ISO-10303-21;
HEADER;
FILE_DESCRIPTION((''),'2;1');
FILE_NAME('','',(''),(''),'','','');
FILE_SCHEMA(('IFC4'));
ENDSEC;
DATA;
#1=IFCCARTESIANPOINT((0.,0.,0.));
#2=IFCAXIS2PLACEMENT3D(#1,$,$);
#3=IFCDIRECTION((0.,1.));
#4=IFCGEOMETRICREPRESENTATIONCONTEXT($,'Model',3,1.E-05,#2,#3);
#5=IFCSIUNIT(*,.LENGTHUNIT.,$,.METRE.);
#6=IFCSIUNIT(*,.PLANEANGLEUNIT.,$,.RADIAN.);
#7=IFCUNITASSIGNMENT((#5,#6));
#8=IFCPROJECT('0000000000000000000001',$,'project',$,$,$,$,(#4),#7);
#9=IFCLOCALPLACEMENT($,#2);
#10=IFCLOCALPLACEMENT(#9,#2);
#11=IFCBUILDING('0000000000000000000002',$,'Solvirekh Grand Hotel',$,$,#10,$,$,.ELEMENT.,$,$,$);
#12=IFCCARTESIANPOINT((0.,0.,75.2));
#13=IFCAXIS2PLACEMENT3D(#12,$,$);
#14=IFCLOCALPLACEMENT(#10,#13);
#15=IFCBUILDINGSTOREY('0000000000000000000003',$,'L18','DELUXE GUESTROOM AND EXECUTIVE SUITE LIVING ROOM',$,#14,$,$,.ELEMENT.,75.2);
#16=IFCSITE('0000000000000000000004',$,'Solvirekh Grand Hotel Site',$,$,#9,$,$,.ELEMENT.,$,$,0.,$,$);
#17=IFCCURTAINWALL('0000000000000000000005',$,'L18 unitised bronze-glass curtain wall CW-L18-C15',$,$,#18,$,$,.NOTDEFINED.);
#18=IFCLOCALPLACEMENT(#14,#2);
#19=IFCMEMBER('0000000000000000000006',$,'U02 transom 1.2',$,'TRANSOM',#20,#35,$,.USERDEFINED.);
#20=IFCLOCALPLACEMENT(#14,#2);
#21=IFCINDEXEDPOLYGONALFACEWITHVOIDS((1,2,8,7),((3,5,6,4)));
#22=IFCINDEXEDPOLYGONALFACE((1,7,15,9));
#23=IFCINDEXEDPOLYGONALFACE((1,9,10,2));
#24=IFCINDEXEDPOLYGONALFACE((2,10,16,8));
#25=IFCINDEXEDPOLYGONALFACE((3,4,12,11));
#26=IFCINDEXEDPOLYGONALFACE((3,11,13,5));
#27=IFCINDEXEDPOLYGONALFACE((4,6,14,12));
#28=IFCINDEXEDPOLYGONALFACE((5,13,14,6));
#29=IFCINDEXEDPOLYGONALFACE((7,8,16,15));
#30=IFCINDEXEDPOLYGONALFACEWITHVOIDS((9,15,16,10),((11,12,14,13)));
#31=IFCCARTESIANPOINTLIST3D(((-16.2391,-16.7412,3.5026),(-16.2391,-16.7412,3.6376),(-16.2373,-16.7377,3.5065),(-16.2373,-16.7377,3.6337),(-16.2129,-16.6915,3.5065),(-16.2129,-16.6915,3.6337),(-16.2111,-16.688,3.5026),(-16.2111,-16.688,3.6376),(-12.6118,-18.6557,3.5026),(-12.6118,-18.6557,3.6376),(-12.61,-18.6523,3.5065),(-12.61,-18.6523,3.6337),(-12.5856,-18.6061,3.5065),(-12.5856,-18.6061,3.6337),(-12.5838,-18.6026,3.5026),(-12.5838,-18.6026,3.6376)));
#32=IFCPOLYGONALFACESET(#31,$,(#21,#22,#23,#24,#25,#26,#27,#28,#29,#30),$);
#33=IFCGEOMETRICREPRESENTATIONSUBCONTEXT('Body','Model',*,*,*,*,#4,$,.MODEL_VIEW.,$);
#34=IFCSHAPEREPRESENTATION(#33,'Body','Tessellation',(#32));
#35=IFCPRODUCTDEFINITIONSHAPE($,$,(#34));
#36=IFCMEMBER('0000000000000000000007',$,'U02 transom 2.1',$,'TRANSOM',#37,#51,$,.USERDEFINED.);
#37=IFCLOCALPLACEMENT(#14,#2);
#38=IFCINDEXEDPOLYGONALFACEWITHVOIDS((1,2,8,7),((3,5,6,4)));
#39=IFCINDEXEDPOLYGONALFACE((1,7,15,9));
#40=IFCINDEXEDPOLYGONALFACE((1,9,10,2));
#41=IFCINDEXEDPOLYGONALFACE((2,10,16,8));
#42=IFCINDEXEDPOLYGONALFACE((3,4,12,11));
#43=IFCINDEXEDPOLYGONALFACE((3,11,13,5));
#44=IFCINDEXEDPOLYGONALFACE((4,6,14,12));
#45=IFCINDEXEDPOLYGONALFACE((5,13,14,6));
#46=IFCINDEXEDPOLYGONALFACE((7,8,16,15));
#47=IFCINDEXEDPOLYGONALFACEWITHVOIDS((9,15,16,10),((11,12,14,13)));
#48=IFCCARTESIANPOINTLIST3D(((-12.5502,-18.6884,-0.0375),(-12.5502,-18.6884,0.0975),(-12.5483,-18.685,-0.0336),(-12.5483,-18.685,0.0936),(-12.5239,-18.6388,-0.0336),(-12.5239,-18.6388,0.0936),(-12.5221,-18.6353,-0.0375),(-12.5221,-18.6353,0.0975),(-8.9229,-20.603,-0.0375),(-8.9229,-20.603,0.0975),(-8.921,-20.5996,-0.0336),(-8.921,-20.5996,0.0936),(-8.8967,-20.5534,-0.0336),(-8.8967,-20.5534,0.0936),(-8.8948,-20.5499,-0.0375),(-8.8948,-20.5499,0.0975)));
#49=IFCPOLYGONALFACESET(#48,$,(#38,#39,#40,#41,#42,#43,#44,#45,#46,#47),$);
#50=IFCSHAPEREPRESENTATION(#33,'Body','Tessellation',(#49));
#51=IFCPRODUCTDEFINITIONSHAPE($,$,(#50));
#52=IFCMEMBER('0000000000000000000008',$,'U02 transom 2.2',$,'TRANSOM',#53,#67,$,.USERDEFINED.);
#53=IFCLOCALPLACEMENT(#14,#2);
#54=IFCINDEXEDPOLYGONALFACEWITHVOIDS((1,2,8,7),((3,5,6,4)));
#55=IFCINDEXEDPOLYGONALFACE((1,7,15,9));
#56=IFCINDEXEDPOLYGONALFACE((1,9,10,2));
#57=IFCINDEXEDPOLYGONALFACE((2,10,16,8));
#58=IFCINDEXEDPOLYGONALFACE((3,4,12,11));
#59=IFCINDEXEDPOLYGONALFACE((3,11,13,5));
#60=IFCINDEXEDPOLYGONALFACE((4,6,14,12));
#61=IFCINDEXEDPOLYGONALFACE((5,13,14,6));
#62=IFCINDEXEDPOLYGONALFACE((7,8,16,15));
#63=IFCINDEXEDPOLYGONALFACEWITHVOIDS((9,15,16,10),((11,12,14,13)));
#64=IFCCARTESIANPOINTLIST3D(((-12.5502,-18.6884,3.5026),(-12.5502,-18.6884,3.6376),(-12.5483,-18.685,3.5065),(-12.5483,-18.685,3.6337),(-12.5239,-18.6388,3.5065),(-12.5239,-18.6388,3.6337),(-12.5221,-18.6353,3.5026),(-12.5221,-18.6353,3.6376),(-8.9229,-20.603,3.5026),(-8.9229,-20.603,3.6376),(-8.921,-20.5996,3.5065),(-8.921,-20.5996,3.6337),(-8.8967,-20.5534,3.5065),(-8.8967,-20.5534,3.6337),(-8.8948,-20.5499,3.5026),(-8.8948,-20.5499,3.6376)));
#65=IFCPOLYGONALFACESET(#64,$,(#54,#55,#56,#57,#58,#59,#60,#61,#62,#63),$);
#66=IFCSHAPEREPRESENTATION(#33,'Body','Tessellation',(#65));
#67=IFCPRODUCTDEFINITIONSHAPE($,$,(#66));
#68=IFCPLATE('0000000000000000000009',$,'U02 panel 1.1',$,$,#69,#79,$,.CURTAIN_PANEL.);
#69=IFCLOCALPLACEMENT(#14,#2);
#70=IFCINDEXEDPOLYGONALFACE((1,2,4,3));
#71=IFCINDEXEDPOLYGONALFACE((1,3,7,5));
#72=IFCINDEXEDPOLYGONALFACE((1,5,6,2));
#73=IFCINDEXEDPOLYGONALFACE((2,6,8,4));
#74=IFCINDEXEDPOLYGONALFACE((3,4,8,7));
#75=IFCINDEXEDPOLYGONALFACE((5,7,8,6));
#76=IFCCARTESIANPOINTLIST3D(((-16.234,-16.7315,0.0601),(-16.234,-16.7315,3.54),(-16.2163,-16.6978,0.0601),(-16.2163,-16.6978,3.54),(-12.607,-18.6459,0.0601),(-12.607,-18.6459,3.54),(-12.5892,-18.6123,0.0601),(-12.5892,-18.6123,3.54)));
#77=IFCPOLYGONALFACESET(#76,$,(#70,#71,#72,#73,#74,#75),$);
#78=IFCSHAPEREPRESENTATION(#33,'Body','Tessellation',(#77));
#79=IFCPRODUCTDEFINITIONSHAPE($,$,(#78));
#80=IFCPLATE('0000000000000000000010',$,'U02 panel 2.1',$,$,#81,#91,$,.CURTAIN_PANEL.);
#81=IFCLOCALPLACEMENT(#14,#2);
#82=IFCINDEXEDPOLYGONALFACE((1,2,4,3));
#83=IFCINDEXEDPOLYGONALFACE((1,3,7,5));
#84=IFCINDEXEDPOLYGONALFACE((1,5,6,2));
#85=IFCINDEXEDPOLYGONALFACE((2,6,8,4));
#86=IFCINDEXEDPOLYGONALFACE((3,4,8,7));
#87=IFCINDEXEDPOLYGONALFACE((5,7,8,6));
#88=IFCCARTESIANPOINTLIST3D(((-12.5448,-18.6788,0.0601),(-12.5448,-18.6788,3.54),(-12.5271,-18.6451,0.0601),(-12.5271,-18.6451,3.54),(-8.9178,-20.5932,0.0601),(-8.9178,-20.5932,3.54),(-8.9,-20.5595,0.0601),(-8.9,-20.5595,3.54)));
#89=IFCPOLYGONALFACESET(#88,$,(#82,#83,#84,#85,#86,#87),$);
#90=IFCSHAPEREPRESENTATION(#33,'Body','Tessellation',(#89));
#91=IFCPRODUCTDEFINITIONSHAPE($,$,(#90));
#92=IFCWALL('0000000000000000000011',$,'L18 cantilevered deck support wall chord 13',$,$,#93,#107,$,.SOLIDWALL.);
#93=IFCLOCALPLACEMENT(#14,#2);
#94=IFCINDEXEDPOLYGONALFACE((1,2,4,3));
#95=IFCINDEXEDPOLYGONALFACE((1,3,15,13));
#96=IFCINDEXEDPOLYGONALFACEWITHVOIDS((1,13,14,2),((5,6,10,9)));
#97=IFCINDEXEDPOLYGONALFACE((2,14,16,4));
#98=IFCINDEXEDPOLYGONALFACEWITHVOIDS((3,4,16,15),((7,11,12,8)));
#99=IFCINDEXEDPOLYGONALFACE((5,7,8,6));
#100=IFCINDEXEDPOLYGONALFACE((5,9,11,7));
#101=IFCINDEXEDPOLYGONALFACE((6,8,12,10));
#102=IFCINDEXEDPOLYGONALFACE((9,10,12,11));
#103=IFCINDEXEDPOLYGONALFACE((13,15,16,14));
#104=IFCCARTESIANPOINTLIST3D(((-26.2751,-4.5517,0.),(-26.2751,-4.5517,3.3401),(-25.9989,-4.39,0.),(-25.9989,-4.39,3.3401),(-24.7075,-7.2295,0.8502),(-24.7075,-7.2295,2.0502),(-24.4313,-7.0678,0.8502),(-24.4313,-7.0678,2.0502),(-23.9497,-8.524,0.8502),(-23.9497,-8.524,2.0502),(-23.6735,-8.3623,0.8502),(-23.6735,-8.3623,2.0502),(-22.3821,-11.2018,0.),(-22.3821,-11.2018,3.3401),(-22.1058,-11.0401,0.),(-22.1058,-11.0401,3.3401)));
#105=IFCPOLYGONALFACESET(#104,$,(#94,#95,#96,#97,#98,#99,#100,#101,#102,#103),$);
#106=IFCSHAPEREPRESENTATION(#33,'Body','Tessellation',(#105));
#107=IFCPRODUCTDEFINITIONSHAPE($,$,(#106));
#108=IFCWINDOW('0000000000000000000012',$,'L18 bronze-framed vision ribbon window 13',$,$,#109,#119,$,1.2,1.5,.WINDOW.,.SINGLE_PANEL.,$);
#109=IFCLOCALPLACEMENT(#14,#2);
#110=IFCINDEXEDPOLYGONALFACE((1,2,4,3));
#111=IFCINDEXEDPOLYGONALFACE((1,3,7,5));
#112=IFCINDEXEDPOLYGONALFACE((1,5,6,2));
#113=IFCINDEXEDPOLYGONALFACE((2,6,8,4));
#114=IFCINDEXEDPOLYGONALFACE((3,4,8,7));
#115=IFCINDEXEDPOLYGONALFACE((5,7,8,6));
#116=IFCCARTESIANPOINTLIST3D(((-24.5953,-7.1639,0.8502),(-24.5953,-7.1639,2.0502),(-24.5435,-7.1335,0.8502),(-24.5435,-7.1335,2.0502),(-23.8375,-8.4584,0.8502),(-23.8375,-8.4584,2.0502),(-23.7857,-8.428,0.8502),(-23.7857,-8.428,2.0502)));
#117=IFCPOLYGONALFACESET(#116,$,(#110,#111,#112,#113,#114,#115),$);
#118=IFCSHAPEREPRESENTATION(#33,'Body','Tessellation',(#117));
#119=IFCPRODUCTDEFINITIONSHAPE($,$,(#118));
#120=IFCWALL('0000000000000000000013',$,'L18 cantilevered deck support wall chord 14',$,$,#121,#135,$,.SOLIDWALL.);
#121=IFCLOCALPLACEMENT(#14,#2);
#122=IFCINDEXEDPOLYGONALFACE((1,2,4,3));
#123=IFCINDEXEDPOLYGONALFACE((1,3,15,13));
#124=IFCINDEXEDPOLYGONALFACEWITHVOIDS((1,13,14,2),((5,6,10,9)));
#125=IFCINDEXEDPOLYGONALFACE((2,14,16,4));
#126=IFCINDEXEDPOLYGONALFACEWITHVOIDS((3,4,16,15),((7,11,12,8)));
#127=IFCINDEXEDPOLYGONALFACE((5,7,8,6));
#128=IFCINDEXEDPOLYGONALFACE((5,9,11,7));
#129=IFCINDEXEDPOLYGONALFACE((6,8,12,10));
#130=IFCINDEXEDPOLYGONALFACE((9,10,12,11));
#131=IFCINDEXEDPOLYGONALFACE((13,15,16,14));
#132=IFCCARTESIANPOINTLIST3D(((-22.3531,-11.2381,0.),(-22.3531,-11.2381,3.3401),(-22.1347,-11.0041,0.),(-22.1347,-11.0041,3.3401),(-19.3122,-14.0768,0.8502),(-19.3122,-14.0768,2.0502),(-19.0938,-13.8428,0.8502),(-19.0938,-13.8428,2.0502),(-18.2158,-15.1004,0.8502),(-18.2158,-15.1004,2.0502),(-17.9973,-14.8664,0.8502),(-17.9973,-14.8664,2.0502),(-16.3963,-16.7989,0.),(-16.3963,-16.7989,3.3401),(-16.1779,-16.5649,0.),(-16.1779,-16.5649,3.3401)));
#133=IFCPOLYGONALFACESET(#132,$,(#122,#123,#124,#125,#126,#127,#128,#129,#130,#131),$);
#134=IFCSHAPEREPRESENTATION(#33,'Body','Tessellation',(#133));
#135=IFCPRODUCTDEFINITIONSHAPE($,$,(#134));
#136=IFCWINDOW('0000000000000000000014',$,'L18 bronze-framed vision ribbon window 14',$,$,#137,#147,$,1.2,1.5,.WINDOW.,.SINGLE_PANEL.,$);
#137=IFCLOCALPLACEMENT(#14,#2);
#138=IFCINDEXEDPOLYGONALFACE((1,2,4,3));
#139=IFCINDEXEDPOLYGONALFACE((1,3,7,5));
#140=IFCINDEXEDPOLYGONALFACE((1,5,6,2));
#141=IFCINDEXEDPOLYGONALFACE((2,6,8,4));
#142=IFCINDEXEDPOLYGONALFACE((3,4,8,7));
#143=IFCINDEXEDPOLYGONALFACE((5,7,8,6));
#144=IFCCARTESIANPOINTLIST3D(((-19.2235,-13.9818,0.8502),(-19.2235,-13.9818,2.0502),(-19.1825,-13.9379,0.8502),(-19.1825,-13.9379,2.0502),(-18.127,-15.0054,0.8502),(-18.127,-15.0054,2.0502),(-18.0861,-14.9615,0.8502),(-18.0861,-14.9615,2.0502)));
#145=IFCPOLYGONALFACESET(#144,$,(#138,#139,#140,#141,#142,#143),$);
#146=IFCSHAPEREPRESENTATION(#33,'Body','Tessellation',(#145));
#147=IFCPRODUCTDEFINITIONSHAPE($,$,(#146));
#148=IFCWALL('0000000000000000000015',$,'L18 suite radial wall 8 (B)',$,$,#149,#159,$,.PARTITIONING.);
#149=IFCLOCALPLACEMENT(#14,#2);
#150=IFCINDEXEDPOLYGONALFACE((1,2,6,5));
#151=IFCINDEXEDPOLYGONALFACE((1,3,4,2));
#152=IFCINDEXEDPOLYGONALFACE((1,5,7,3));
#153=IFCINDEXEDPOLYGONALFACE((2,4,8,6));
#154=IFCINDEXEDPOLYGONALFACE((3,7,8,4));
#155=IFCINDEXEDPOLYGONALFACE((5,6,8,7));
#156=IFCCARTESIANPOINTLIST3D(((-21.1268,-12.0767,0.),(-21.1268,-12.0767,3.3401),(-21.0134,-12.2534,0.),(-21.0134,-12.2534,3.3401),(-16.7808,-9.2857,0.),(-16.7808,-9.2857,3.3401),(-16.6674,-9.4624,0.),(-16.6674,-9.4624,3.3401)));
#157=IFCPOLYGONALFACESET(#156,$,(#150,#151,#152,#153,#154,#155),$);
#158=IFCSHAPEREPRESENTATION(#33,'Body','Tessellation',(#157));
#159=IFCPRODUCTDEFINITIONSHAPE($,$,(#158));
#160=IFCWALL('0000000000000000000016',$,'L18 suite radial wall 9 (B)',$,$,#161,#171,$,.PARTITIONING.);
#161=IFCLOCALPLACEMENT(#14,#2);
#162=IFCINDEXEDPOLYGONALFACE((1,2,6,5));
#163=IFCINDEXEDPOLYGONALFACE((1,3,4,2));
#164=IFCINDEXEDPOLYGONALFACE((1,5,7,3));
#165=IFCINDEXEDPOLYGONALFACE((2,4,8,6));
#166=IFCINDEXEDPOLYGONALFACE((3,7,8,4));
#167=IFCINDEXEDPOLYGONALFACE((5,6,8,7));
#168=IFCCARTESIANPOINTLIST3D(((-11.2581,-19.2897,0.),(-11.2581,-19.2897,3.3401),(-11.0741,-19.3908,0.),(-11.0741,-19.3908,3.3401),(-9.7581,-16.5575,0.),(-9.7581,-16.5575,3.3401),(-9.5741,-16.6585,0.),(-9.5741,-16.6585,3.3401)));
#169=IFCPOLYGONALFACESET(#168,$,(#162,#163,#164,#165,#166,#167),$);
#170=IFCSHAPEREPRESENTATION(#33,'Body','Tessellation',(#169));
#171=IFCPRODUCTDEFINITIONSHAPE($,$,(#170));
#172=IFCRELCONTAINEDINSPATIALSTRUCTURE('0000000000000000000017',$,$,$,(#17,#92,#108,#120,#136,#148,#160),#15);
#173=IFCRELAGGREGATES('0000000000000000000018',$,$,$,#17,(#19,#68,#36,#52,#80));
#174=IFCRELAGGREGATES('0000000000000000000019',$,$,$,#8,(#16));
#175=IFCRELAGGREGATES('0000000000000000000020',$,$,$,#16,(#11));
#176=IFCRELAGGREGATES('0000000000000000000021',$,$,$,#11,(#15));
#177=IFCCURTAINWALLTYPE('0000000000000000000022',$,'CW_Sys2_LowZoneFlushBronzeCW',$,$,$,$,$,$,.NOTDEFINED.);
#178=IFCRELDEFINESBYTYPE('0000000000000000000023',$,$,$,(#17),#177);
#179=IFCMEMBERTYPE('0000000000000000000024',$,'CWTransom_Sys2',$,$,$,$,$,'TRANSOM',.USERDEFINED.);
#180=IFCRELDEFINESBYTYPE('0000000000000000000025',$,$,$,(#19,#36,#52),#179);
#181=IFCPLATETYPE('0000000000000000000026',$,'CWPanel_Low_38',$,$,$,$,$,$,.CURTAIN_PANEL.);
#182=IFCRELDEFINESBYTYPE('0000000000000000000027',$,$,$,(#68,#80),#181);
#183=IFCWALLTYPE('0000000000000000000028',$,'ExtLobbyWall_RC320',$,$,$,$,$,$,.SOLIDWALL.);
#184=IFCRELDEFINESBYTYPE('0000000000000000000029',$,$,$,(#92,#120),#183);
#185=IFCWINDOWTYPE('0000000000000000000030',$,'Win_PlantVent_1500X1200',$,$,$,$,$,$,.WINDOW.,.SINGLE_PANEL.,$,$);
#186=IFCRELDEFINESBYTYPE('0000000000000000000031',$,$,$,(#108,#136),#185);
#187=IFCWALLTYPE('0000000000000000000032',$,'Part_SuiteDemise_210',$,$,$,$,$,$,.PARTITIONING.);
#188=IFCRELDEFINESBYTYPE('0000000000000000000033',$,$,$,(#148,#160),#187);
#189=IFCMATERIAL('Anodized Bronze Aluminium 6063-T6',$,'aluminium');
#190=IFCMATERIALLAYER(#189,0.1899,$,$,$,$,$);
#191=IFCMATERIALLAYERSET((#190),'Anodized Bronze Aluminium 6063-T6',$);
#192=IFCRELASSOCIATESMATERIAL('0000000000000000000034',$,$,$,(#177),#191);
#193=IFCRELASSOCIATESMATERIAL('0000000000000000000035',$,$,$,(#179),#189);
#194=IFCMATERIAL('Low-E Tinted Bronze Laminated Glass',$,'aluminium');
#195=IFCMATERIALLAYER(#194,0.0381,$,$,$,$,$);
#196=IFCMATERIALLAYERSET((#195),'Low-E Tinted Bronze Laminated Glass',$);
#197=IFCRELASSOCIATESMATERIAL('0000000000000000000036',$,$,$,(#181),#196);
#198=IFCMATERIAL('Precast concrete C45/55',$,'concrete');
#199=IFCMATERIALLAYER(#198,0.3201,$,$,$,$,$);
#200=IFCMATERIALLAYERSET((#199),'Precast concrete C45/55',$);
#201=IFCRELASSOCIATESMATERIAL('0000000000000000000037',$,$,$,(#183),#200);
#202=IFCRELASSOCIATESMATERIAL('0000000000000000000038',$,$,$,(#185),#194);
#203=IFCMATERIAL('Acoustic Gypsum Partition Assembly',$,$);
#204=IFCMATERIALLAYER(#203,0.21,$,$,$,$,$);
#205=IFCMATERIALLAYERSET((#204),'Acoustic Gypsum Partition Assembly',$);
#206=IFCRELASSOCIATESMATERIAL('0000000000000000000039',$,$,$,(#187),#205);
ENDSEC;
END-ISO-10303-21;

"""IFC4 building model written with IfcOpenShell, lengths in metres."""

from ifc_helpers import new_model, si_unit, direction, frame, frame_2d, origin, origin_2d, place, context, subcontext, project, spatial, rectangle, hollow_rectangle, extrude, source, transform, mapped, material, layer, layer_set, material_profile, profile_set, type_object, element, fill, aggregate, save


model = new_model("IFC4")

# Units and contexts
model_context = context("Model", 3, precision=1e-05, world=origin(), true_north=direction((0.0, 1.0)))
body_context = subcontext(model_context, "Body", "Model", "MODEL_VIEW")
ifc_project = project(units=[si_unit("LENGTHUNIT", "METRE"), si_unit("PLANEANGLEUNIT", "RADIAN")], contexts=[model_context])

# Site, building, storey
site_placement = place(None, origin())
site = spatial("IfcSite", under=ifc_project, at=site_placement, Name="Solvirekh Grand Hotel Site", CompositionType="ELEMENT", RefElevation=0.0)
building_placement = place(site_placement, origin())
building = spatial("IfcBuilding", under=site, at=building_placement, Name="Solvirekh Grand Hotel", CompositionType="ELEMENT")
storey_placement = place(building_placement, frame((0.0, 0.0, 75.2)))
storey = spatial("IfcBuildingStorey", under=building, at=storey_placement, Name="L18", Description="DELUXE GUESTROOM AND EXECUTIVE SUITE LIVING ROOM", CompositionType="ELEMENT", Elevation=75.2)

# Curtain wall, members, plates
ifc_material_1 = material(Name="Anodized Bronze Aluminium 6063-T6", Category="aluminium")
ifc_layer_1 = layer(ifc_material_1, 0.1899)
ifc_layer_set_1 = layer_set([ifc_layer_1], Name="Anodized Bronze Aluminium 6063-T6")
curtain_wall_type = type_object("IfcCurtainWallType", Name="CW_Sys2_LowZoneFlushBronzeCW", PredefinedType="NOTDEFINED", material=ifc_layer_set_1)
curtain_wall_placement = place(storey_placement, origin())
curtain_wall = element("IfcCurtainWall", 1, at=curtain_wall_placement, inside=storey, type_object=curtain_wall_type, Name="L18 unitised bronze-glass curtain wall CW-L18-C15", PredefinedType="NOTDEFINED")
ifc_material_profile_1 = material_profile(ifc_material_1, hollow_rectangle(XDim=0.0601, YDim=0.135, WallThickness=0.0039, at=origin_2d()), Name="ALU RHS 135X60X4")
ifc_profile_set_1 = profile_set([ifc_material_profile_1], Name="Anodized Bronze Aluminium 6063-T6")
member_type_1 = type_object("IfcMemberType", Name="CWTransom_Sys2", ElementType="TRANSOM", PredefinedType="USERDEFINED", material=ifc_profile_set_1)
shared_shape_1 = source(origin(), body_context, "Body", "SweptSolid", [
    extrude(hollow_rectangle(XDim=0.0601, YDim=0.135, WallThickness=0.0039, at=origin_2d()), origin(), (0.0, 0.0, 1.0), 4.1016),
])
member_1_placement = place(storey_placement, frame((-16.2251, -16.7146, 3.5701), z_axis=(0.884365, -0.466796, 0.0), x_axis=(0.466796, 0.884365, 0.0)))
member_1 = element("IfcMember", 2, at=member_1_placement, type_object=member_type_1, Name="U02 transom 1.2", ObjectType="TRANSOM", PredefinedType="USERDEFINED", context=body_context, shape_type="MappedRepresentation", body=[
    mapped(shared_shape_1, transform((0.0, 0.0, 0.0), x_axis=(1.0, 0.0, 0.0), y_axis=(0.0, 1.0, 0.0), z_axis=(0.0, 0.0, 1.0), scale=1.0)),
])
member_2_placement = place(storey_placement, frame((-12.5361, -18.6619, 0.03), z_axis=(0.884365, -0.466796, 0.0), x_axis=(0.466796, 0.884365, 0.0)))
member_2 = element("IfcMember", 3, at=member_2_placement, type_object=member_type_1, Name="U02 transom 2.1", ObjectType="TRANSOM", PredefinedType="USERDEFINED", context=body_context, shape_type="MappedRepresentation", body=[
    mapped(shared_shape_1, transform((0.0, 0.0, 0.0), x_axis=(1.0, 0.0, 0.0), y_axis=(0.0, 1.0, 0.0), z_axis=(0.0, 0.0, 1.0), scale=1.0)),
])
member_3_placement = place(storey_placement, frame((-12.5361, -18.6619, 3.5701), z_axis=(0.884365, -0.466796, 0.0), x_axis=(0.466796, 0.884365, 0.0)))
member_3 = element("IfcMember", 4, at=member_3_placement, type_object=member_type_1, Name="U02 transom 2.2", ObjectType="TRANSOM", PredefinedType="USERDEFINED", context=body_context, shape_type="MappedRepresentation", body=[
    mapped(shared_shape_1, transform((0.0, 0.0, 0.0), x_axis=(1.0, 0.0, 0.0), y_axis=(0.0, 1.0, 0.0), z_axis=(0.0, 0.0, 1.0), scale=1.0)),
])
ifc_material_2 = material(Name="Low-E Tinted Bronze Laminated Glass", Category="aluminium")
ifc_layer_2 = layer(ifc_material_2, 0.0381)
ifc_layer_set_2 = layer_set([ifc_layer_2], Name="Low-E Tinted Bronze Laminated Glass")
plate_type = type_object("IfcPlateType", Name="CWPanel_Low_38", PredefinedType="CURTAIN_PANEL", material=ifc_layer_set_2)
shared_shape_2 = source(origin(), body_context, "Body", "SweptSolid", [
    extrude(rectangle(XDim=4.1013, YDim=0.0381, at=origin_2d()), origin(), (0.0, 0.0, 1.0), 3.48),
])
plate_1_placement = place(storey_placement, frame((-14.4116, -17.6719, 0.0601), z_axis=(0.0, 0.0, 1.0), x_axis=(0.884368, -0.46679, 0.0)))
plate_1 = element("IfcPlate", 5, at=plate_1_placement, type_object=plate_type, Name="U02 panel 1.1", PredefinedType="CURTAIN_PANEL", context=body_context, shape_type="MappedRepresentation", body=[
    mapped(shared_shape_2, transform((0.0, 0.0, 0.0), x_axis=(1.0, 0.0, 0.0), y_axis=(0.0, 1.0, 0.0), z_axis=(0.0, 0.0, 1.0), scale=1.0)),
])
plate_2_placement = place(storey_placement, frame((-10.7224, -19.6191, 0.0601), z_axis=(0.0, 0.0, 1.0), x_axis=(0.884368, -0.46679, 0.0)))
plate_2 = element("IfcPlate", 6, at=plate_2_placement, type_object=plate_type, Name="U02 panel 2.1", PredefinedType="CURTAIN_PANEL", context=body_context, shape_type="MappedRepresentation", body=[
    mapped(shared_shape_2, transform((0.0, 0.0, 0.0), x_axis=(1.0, 0.0, 0.0), y_axis=(0.0, 1.0, 0.0), z_axis=(0.0, 0.0, 1.0), scale=1.0)),
])
aggregate(curtain_wall, [member_1, plate_1, member_2, member_3, plate_2])

# Walls, openings, windows
ifc_material_3 = material(Name="Precast concrete C45/55", Category="concrete")
ifc_layer_3 = layer(ifc_material_3, 0.3201)
ifc_layer_set_3 = layer_set([ifc_layer_3], Name="Precast concrete C45/55")
wall_type_1 = type_object("IfcWallType", Name="ExtLobbyWall_RC320", PredefinedType="SOLIDWALL", material=ifc_layer_set_3)
wall_1_placement = place(storey_placement, frame((-22.2439, -11.1211, 0.0), z_axis=(0.0, 0.0, 1.0), x_axis=(-0.505208, 0.862998, 0.0)))
wall_1 = element("IfcWall", 7, at=wall_1_placement, inside=storey, type_object=wall_type_1, Name="L18 cantilevered deck support wall chord 13", PredefinedType="SOLIDWALL", context=body_context, shape_type="SweptSolid", body=[
    extrude(rectangle(XDim=7.7058, YDim=0.3201, at=frame_2d((3.853, 0.0))), origin(), (0.0, 0.0, 1.0), 3.3401),
])
opening_1_placement = place(wall_1_placement, frame((3.103, 0.0, 0.8501)))
opening_1 = element("IfcOpeningElement", 8, at=opening_1_placement, cuts=wall_1, PredefinedType="OPENING", context=body_context, shape_type="SweptSolid", body=[
    extrude(rectangle(XDim=1.5, YDim=1.2, at=frame_2d((0.75, 0.6001))), frame((0.0, 0.1699, 0.0), z_axis=(0.0, -1.0, 0.0), x_axis=(1.0, 0.0, 0.0)), (0.0, 0.0, 1.0), 0.3401),
])
window_type = type_object("IfcWindowType", Name="Win_PlantVent_1500X1200", PartitioningType="SINGLE_PANEL", PredefinedType="WINDOW", material=ifc_material_2)
window_1_placement = place(opening_1_placement, origin())
window_1 = element("IfcWindow", 9, at=window_1_placement, inside=storey, type_object=window_type, Name="L18 bronze-framed vision ribbon window 13", OverallHeight=1.2, OverallWidth=1.5, PartitioningType="SINGLE_PANEL", PredefinedType="WINDOW", context=body_context, shape_type="SweptSolid", body=[
    extrude(rectangle(XDim=1.5, YDim=1.2, at=frame_2d((0.75, 0.6001))), frame((0.0, 0.03, 0.0), z_axis=(0.0, -1.0, 0.0), x_axis=(1.0, 0.0, 0.0)), (0.0, 0.0, 1.0), 0.0601),
])
fill(opening_1, window_1)
wall_2_placement = place(storey_placement, frame((-16.2871, -16.6819, 0.0), z_axis=(0.0, 0.0, 1.0), x_axis=(-0.730987, 0.682392, 0.0)))
wall_2 = element("IfcWall", 10, at=wall_2_placement, inside=storey, type_object=wall_type_1, Name="L18 cantilevered deck support wall chord 14", PredefinedType="SOLIDWALL", context=body_context, shape_type="SweptSolid", body=[
    extrude(rectangle(XDim=8.1489, YDim=0.3201, at=frame_2d((4.0745, 0.0))), origin(), (0.0, 0.0, 1.0), 3.3401),
])
opening_2_placement = place(wall_2_placement, frame((2.489, 0.0, 0.8501)))
opening_2 = element("IfcOpeningElement", 11, at=opening_2_placement, cuts=wall_2, PredefinedType="OPENING", context=body_context, shape_type="SweptSolid", body=[
    extrude(rectangle(XDim=1.5, YDim=1.2, at=frame_2d((0.75, 0.6001))), frame((0.0, 0.1699, 0.0), z_axis=(0.0, -1.0, 0.0), x_axis=(1.0, 0.0, 0.0)), (0.0, 0.0, 1.0), 0.3401),
])
window_2_placement = place(opening_2_placement, origin())
window_2 = element("IfcWindow", 12, at=window_2_placement, inside=storey, type_object=window_type, Name="L18 bronze-framed vision ribbon window 14", OverallHeight=1.2, OverallWidth=1.5, PartitioningType="SINGLE_PANEL", PredefinedType="WINDOW", context=body_context, shape_type="SweptSolid", body=[
    extrude(rectangle(XDim=1.5, YDim=1.2, at=frame_2d((0.75, 0.6001))), frame((0.0, 0.03, 0.0), z_axis=(0.0, -1.0, 0.0), x_axis=(1.0, 0.0, 0.0)), (0.0, 0.0, 1.0), 0.0601),
])
fill(opening_2, window_2)

# Walls
ifc_material_4 = material(Name="Acoustic Gypsum Partition Assembly")
ifc_layer_4 = layer(ifc_material_4, 0.21)
ifc_layer_set_4 = layer_set([ifc_layer_4], Name="Acoustic Gypsum Partition Assembly")
wall_type_2 = type_object("IfcWallType", Name="Part_SuiteDemise_210", PredefinedType="PARTITIONING", material=ifc_layer_set_4)
wall_3_placement = place(storey_placement, frame((-16.7241, -9.374, 0.0), z_axis=(0.0, 0.0, 1.0), x_axis=(-0.841426, -0.540373, 0.0)))
element("IfcWall", 13, at=wall_3_placement, inside=storey, type_object=wall_type_2, Name="L18 suite radial wall 8 (B)", PredefinedType="PARTITIONING", context=body_context, shape_type="SweptSolid", body=[
    extrude(rectangle(XDim=5.165, YDim=0.21, at=frame_2d((2.5825, 0.0))), origin(), (0.0, 0.0, 1.0), 3.3401),
])
wall_4_placement = place(storey_placement, frame((-9.666, -16.6079, 0.0), z_axis=(0.0, 0.0, 1.0), x_axis=(-0.481254, -0.876581, 0.0)))
element("IfcWall", 14, at=wall_4_placement, inside=storey, type_object=wall_type_2, Name="L18 suite radial wall 9 (B)", PredefinedType="PARTITIONING", context=body_context, shape_type="SweptSolid", body=[
    extrude(rectangle(XDim=3.1169, YDim=0.21, at=frame_2d((1.5586, 0.0))), origin(), (0.0, 0.0, 1.0), 3.3401),
])

save(model, "model.ifc")
